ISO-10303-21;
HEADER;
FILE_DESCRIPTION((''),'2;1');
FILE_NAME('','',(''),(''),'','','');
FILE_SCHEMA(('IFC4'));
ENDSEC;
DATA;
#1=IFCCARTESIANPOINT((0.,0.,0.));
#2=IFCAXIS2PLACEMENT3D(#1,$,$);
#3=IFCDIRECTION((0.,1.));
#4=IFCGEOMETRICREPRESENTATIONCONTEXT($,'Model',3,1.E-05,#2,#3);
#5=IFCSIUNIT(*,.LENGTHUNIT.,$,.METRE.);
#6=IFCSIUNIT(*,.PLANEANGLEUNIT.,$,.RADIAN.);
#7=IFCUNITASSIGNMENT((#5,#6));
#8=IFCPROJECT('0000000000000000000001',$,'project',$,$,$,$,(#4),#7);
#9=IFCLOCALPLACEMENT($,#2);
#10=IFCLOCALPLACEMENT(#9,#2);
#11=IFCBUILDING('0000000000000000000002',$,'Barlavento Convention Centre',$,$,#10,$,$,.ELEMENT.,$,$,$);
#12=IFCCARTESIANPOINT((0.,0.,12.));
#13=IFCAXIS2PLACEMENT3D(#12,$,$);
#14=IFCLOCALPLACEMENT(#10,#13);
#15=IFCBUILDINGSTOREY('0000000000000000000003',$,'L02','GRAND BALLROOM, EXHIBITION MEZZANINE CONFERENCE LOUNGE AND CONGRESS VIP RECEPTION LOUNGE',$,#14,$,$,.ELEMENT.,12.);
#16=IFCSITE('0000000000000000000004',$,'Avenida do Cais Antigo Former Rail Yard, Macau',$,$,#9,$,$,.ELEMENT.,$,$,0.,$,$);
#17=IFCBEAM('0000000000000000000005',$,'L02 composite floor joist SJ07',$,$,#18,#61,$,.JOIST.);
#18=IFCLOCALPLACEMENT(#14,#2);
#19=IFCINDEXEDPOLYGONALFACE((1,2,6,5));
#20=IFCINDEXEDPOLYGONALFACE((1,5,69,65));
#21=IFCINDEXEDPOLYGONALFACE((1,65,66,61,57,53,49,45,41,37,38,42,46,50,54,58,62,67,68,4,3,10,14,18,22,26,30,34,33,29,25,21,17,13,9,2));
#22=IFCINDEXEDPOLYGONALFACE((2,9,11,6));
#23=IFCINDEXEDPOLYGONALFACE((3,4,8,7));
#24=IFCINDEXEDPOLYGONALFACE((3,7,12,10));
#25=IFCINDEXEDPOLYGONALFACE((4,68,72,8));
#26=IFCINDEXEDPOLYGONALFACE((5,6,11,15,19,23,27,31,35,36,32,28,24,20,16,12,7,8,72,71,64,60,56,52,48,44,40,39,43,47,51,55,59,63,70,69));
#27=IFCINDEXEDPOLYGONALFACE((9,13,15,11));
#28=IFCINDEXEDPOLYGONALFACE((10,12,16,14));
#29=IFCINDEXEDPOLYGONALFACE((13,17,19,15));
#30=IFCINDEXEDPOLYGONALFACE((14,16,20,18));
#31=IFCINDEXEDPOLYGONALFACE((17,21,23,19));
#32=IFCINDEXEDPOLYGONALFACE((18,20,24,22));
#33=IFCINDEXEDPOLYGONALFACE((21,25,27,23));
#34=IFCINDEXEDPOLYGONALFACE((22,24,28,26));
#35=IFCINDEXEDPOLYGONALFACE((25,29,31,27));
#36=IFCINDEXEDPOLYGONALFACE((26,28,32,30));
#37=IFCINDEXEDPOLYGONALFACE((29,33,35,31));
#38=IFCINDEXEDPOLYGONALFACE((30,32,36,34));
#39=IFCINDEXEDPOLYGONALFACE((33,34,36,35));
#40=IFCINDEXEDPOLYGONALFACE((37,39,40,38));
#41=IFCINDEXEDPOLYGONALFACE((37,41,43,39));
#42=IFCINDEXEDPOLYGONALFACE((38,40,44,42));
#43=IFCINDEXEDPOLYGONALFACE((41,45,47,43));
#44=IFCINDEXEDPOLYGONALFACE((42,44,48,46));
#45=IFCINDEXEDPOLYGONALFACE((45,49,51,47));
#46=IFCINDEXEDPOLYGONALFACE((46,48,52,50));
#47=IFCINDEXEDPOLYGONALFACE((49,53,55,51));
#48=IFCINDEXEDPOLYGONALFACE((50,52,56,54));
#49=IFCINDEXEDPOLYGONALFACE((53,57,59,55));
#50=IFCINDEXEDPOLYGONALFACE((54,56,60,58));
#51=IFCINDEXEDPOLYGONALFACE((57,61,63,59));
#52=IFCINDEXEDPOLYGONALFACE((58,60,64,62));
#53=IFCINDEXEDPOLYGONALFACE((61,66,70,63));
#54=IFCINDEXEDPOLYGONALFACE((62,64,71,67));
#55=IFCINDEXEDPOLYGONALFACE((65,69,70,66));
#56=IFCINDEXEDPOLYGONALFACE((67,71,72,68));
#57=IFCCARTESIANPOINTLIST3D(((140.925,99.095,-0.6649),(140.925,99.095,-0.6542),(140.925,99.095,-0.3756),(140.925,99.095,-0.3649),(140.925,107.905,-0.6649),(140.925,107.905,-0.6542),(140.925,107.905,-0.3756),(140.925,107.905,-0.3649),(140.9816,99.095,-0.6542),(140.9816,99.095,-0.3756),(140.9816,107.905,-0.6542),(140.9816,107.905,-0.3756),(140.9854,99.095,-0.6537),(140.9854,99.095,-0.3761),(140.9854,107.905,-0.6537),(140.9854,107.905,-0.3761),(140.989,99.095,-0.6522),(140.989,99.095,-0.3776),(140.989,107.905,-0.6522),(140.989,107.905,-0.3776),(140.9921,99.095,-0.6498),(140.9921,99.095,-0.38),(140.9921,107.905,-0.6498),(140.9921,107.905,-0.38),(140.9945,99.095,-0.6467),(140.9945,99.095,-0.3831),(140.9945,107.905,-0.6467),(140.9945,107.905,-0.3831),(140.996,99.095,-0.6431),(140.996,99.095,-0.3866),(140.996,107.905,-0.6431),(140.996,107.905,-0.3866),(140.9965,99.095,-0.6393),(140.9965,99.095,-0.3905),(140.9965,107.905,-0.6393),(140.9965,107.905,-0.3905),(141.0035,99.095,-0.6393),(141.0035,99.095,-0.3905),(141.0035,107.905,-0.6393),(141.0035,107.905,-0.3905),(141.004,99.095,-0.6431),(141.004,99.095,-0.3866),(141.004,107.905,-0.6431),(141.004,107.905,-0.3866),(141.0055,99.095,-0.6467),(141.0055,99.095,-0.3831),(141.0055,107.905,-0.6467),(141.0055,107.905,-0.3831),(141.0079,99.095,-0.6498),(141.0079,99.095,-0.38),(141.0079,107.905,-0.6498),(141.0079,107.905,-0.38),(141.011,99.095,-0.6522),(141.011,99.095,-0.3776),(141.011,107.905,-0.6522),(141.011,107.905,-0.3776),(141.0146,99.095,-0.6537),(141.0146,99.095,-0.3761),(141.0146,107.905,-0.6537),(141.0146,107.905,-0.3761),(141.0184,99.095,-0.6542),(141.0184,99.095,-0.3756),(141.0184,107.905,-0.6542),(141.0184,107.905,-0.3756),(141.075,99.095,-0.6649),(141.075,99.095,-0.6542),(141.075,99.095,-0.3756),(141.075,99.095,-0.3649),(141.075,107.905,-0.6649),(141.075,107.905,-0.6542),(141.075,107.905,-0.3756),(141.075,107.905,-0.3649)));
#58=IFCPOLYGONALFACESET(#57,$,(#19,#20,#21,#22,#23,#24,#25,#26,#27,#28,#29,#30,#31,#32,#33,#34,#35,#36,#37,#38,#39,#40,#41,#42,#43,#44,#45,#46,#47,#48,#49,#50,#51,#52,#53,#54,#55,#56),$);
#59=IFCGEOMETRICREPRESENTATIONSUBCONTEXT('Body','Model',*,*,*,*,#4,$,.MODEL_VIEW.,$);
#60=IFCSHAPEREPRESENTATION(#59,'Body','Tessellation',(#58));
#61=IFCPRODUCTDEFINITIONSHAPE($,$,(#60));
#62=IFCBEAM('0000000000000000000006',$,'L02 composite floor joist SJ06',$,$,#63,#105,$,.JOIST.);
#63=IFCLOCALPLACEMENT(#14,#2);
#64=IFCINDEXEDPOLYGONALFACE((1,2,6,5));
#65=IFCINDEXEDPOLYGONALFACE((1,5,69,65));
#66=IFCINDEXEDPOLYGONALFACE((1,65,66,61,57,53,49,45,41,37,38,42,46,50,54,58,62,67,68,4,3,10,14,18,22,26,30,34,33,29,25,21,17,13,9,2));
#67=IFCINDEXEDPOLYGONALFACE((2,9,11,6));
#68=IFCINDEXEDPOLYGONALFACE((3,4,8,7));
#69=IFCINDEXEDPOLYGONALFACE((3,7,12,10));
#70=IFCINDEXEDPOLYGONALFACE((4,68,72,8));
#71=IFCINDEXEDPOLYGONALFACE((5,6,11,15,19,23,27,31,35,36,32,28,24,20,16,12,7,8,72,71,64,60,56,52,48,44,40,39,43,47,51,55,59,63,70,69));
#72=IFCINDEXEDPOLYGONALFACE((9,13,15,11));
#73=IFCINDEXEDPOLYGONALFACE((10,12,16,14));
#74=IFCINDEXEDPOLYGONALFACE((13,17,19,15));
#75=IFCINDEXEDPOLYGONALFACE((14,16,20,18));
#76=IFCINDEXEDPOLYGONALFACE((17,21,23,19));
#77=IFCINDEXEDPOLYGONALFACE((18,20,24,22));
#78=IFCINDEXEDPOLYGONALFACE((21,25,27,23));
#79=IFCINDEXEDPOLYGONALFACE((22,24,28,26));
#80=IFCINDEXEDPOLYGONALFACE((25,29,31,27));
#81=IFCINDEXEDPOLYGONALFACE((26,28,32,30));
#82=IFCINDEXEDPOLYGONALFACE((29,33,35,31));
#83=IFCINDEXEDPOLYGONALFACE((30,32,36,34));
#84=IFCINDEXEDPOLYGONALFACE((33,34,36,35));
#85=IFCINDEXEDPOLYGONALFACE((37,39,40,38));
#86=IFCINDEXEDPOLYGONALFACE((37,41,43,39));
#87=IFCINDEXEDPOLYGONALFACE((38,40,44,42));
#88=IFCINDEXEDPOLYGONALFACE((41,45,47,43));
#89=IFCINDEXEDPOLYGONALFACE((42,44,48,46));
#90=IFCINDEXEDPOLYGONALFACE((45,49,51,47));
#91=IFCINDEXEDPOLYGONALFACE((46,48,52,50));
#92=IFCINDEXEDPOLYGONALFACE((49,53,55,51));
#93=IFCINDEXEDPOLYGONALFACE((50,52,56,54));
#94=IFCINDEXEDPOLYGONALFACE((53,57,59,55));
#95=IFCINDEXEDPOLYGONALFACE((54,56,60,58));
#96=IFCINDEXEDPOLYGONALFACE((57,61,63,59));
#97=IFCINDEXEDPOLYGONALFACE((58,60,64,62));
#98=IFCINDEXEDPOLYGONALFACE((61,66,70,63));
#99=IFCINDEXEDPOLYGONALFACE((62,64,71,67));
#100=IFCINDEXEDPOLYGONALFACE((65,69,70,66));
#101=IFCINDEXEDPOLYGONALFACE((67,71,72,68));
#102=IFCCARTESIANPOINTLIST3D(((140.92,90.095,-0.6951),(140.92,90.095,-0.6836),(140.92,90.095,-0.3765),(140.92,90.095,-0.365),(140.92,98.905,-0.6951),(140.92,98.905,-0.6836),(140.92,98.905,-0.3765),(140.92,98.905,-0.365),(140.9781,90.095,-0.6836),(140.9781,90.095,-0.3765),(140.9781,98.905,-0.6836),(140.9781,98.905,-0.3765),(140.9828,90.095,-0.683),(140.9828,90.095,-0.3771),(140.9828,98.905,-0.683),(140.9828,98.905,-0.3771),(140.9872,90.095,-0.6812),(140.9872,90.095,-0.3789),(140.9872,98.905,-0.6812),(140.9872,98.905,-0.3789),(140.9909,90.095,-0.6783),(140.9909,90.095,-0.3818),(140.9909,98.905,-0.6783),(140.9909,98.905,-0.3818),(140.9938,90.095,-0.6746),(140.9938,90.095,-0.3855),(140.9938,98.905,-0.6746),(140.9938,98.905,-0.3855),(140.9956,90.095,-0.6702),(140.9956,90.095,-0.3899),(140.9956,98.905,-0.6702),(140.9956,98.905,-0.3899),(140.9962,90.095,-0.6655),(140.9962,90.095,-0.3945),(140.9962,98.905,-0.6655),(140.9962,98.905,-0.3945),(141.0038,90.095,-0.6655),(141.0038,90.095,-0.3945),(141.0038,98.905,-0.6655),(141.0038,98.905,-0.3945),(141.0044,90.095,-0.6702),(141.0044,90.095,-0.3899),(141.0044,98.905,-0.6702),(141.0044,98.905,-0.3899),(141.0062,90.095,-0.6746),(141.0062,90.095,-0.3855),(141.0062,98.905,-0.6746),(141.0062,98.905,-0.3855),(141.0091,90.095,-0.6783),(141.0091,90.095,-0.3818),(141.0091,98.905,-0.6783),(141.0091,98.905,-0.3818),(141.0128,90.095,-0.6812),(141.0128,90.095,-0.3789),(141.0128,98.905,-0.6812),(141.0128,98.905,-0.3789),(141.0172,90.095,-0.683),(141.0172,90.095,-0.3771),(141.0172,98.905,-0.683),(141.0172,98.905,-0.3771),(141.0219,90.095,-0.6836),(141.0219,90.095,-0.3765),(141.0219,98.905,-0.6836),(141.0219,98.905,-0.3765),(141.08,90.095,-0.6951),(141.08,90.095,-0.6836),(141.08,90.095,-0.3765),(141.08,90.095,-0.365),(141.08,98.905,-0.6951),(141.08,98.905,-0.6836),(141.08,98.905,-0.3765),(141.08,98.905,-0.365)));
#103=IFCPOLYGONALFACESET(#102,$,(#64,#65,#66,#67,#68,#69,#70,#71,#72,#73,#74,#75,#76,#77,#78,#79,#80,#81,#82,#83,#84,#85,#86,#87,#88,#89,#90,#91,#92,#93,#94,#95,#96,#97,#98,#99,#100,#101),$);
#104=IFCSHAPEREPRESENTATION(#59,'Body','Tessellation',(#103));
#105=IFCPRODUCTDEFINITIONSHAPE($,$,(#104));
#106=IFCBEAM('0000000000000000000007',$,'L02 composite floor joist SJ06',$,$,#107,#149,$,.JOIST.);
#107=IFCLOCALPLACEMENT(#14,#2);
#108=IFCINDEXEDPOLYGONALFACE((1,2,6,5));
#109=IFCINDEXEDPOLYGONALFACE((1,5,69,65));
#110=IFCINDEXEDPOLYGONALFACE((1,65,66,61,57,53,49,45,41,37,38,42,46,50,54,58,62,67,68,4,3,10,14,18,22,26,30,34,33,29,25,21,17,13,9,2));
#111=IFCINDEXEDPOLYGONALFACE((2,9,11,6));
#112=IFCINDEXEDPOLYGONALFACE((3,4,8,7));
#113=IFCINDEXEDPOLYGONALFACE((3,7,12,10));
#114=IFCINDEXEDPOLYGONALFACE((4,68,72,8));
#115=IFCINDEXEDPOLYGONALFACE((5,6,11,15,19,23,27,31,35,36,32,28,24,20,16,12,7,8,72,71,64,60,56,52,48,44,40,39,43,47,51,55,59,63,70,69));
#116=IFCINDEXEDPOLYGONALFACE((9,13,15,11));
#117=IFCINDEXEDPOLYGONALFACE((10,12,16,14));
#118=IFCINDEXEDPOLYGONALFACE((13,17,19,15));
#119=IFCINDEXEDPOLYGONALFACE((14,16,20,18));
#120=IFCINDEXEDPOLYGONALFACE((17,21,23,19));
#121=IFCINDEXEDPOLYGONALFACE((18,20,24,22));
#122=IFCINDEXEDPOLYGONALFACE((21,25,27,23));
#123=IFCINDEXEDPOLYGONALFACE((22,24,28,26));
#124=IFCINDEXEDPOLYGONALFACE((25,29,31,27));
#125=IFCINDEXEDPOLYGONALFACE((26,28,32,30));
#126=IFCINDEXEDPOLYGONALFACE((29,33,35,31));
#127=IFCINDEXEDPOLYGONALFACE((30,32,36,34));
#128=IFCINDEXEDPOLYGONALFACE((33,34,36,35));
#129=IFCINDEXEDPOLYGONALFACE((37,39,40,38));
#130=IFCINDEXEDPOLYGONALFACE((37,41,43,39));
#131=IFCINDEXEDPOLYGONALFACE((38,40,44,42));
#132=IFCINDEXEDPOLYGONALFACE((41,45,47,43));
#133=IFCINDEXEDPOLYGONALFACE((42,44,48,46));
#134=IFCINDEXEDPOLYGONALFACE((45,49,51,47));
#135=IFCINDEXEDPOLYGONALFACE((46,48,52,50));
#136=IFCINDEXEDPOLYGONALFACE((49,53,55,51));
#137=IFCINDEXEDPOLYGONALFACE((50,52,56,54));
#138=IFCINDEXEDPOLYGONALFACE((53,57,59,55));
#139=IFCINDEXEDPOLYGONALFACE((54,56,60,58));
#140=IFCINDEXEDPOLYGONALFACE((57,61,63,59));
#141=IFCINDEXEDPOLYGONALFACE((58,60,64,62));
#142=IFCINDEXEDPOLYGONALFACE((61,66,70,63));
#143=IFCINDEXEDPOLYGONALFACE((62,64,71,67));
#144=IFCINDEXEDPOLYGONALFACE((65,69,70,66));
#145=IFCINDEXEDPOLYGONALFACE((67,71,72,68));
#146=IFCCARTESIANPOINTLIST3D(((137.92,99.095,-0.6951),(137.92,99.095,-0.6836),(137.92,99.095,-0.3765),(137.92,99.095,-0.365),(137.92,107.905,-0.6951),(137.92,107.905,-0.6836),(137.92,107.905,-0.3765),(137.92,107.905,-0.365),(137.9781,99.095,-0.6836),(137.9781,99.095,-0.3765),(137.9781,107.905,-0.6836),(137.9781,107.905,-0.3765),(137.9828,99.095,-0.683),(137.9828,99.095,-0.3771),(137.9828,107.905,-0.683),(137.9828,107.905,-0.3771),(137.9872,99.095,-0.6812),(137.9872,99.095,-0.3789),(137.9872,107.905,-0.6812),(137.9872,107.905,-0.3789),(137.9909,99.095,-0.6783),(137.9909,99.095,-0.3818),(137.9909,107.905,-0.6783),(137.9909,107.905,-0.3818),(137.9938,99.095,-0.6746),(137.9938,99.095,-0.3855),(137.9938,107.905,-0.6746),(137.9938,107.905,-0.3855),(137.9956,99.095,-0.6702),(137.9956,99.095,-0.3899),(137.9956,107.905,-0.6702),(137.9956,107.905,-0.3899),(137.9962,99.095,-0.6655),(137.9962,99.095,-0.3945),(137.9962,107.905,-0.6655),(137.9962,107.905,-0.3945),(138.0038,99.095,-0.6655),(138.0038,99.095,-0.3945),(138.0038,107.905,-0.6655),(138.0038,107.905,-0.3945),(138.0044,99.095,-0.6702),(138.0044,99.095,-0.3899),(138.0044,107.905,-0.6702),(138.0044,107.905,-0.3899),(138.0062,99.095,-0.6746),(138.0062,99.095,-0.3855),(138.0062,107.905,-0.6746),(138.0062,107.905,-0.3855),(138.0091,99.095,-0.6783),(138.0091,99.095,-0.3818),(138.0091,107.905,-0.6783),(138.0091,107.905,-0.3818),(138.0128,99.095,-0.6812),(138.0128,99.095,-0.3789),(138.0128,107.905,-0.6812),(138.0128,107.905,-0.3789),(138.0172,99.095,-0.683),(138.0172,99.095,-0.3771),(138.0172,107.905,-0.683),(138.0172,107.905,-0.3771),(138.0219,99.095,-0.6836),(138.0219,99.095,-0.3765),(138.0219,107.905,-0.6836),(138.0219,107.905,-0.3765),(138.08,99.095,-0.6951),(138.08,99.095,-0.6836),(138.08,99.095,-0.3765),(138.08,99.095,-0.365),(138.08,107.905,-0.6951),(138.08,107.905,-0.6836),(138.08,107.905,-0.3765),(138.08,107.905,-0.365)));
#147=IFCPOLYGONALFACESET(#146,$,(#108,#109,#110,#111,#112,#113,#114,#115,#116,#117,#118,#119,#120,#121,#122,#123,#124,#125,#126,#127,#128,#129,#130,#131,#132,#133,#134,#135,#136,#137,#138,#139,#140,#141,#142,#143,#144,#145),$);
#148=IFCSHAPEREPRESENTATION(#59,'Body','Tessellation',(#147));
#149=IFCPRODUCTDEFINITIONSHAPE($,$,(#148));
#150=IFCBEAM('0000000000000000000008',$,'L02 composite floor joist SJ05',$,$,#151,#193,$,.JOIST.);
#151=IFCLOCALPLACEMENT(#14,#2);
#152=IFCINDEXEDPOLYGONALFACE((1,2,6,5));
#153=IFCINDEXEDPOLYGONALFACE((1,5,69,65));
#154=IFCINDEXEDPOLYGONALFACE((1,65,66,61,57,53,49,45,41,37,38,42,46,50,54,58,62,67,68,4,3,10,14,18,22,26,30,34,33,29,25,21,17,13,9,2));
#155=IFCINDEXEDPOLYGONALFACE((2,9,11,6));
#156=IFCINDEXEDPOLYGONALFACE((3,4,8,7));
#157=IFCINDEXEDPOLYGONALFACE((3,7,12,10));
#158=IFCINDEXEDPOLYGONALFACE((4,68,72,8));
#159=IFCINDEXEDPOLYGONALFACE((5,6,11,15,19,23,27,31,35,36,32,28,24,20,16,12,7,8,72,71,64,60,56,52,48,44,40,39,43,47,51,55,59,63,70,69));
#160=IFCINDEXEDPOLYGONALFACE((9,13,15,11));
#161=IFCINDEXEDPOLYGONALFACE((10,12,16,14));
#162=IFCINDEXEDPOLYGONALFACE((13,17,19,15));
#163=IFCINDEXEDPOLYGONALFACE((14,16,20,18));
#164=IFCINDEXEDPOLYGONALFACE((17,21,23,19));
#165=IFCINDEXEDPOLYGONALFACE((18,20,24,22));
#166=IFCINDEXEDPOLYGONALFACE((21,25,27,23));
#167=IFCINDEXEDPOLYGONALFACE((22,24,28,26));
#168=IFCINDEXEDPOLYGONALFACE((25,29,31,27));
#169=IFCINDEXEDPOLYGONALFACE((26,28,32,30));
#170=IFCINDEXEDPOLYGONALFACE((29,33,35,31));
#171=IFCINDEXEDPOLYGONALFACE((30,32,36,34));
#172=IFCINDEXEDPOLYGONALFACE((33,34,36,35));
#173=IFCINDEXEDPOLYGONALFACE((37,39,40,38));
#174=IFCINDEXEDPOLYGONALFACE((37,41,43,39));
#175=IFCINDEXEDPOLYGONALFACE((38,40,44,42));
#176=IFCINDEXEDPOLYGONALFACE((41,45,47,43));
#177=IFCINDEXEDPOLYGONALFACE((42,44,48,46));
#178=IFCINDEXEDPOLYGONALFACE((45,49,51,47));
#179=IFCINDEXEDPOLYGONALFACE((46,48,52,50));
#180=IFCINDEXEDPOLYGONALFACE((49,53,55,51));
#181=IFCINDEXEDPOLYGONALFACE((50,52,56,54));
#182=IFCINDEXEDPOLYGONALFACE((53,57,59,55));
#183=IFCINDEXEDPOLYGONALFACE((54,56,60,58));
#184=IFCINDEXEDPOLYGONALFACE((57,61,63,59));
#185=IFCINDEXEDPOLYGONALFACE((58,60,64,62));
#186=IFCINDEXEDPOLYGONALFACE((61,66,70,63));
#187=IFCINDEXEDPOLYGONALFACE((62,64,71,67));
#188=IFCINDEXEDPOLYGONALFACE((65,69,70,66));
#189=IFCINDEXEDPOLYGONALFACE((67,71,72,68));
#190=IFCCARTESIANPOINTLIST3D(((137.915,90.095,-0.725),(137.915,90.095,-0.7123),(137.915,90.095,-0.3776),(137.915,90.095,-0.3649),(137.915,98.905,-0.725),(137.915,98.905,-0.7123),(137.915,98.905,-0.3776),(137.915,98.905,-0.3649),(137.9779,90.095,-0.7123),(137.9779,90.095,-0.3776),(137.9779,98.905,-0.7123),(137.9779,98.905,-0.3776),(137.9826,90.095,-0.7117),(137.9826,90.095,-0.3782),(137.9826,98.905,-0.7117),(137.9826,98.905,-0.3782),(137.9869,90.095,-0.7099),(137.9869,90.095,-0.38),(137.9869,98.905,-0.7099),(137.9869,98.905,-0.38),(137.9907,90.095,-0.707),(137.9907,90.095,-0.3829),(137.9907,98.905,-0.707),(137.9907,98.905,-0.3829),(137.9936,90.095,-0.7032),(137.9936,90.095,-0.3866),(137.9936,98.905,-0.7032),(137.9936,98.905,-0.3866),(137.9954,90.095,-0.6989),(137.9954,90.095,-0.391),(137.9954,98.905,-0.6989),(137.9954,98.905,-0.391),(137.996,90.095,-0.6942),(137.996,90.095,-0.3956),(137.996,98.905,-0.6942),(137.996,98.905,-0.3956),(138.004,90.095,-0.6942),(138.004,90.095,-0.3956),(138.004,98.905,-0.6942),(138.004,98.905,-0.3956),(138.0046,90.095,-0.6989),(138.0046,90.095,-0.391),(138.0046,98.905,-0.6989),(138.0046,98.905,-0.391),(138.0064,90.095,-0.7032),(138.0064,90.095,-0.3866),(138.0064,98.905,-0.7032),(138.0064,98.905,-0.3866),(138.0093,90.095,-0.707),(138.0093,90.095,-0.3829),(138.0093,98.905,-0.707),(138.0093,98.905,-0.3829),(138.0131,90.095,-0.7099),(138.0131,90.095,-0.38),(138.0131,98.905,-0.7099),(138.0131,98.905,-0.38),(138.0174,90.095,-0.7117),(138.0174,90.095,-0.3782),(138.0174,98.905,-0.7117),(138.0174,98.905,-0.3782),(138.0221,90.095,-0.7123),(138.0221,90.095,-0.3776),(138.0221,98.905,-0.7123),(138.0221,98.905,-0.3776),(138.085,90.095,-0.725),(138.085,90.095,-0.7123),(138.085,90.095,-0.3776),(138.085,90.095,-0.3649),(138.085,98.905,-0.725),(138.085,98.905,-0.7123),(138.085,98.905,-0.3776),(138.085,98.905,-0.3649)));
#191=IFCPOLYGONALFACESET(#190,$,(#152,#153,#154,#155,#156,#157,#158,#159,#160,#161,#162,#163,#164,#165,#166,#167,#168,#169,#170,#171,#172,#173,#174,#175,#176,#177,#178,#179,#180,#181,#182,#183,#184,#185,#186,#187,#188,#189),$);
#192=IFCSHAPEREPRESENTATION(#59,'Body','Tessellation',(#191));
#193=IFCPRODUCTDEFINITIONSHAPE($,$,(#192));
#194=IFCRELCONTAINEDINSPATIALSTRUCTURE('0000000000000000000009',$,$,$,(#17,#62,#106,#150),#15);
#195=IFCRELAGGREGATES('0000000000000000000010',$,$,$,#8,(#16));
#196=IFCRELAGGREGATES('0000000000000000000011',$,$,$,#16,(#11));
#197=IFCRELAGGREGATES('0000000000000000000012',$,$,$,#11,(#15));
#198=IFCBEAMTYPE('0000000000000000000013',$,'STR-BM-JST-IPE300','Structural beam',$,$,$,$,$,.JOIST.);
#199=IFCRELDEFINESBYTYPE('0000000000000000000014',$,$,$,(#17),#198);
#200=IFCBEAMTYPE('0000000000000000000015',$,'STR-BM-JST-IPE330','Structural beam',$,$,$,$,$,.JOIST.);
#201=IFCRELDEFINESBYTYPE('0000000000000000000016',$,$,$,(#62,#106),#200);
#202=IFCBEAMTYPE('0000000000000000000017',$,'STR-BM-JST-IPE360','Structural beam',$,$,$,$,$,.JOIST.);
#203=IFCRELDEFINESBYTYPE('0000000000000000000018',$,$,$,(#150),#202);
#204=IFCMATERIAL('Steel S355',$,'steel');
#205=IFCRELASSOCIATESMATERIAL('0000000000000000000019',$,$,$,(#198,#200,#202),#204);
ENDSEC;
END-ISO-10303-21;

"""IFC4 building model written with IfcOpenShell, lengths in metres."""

from ifc_helpers import new_model, si_unit, direction, frame, origin, origin_2d, place, context, subcontext, project, spatial, i_section, extrude, material, material_profile, profile_set, type_object, element, save


model = new_model("IFC4")

# Units and contexts
model_context = context("Model", 3, precision=1e-05, world=origin(), true_north=direction((0.0, 1.0)))
body_context = subcontext(model_context, "Body", "Model", "MODEL_VIEW")
ifc_project = project(units=[si_unit("LENGTHUNIT", "METRE"), si_unit("PLANEANGLEUNIT", "RADIAN")], contexts=[model_context])

# Site, building, storey
site_placement = place(None, origin())
site = spatial("IfcSite", under=ifc_project, at=site_placement, Name="Avenida do Cais Antigo Former Rail Yard, Macau", CompositionType="ELEMENT", RefElevation=0.0)
building_placement = place(site_placement, origin())
building = spatial("IfcBuilding", under=site, at=building_placement, Name="Barlavento Convention Centre", CompositionType="ELEMENT")
storey_placement = place(building_placement, frame((0.0, 0.0, 12.0)))
storey = spatial("IfcBuildingStorey", under=building, at=storey_placement, Name="L02", Description="GRAND BALLROOM, EXHIBITION MEZZANINE CONFERENCE LOUNGE AND CONGRESS VIP RECEPTION LOUNGE", CompositionType="ELEMENT", Elevation=12.0)

# Shared definitions
ifc_material_1 = material(Name="Steel S355", Category="steel")

# Beams
ifc_material_profile_1 = material_profile(ifc_material_1, i_section(OverallWidth=0.1499, OverallDepth=0.3, WebThickness=0.0071, FlangeThickness=0.0107, FilletRadius=0.0149, at=origin_2d()), Name="IPE 300")
ifc_profile_set_1 = profile_set([ifc_material_profile_1], Name="Steel S355")
beam_type_1 = type_object("IfcBeamType", Name="STR-BM-JST-IPE300", Description="Structural beam", PredefinedType="JOIST", material=ifc_profile_set_1)
beam_1_placement = place(storey_placement, frame((141.0, 99.095, -0.5149), z_axis=(0.0, 1.0, 0.0), x_axis=(-1.0, 0.0, 0.0)))
element("IfcBeam", 1, at=beam_1_placement, inside=storey, type_object=beam_type_1, Name="L02 composite floor joist SJ07", PredefinedType="JOIST", context=body_context, shape_type="SweptSolid", body=[
    extrude(i_section(OverallWidth=0.1499, OverallDepth=0.3, WebThickness=0.0071, FlangeThickness=0.0107, FilletRadius=0.0149, at=origin_2d()), origin(), (0.0, 0.0, 1.0), 8.8101),
])
ifc_material_profile_2 = material_profile(ifc_material_1, i_section(OverallWidth=0.1599, OverallDepth=0.3301, WebThickness=0.0076, FlangeThickness=0.0115, FilletRadius=0.0181, at=origin_2d()), Name="IPE 330")
ifc_profile_set_2 = profile_set([ifc_material_profile_2], Name="Steel S355")
beam_type_2 = type_object("IfcBeamType", Name="STR-BM-JST-IPE330", Description="Structural beam", PredefinedType="JOIST", material=ifc_profile_set_2)
for number, where, z_axis, x_axis, name in (
    (2, (141.0, 90.095, -0.53), (0.0, 1.0, 0.0), (-1.0, 0.0, 0.0), "L02 composite floor joist SJ06"),
    (3, (138.0, 99.095, -0.53), (0.0, 1.0, 0.0), (-1.0, 0.0, 0.0), "L02 composite floor joist SJ06"),
):
    element("IfcBeam", number, at=place(storey_placement, frame(where, z_axis=z_axis, x_axis=x_axis)), inside=storey, type_object=beam_type_2, Name=name, PredefinedType="JOIST", context=body_context, shape_type="SweptSolid", body=[
        extrude(i_section(OverallWidth=0.1599, OverallDepth=0.3301, WebThickness=0.0076, FlangeThickness=0.0115, FilletRadius=0.0181, at=origin_2d()), origin(), (0.0, 0.0, 1.0), 8.8101),
    ])
ifc_material_profile_3 = material_profile(ifc_material_1, i_section(OverallWidth=0.1699, OverallDepth=0.3601, WebThickness=0.0081, FlangeThickness=0.0127, FilletRadius=0.0181, at=origin_2d()), Name="IPE 360")
ifc_profile_set_3 = profile_set([ifc_material_profile_3], Name="Steel S355")
beam_type_3 = type_object("IfcBeamType", Name="STR-BM-JST-IPE360", Description="Structural beam", PredefinedType="JOIST", material=ifc_profile_set_3)
beam_2_placement = place(storey_placement, frame((138.0, 90.095, -0.5449), z_axis=(0.0, 1.0, 0.0), x_axis=(-1.0, 0.0, 0.0)))
element("IfcBeam", 4, at=beam_2_placement, inside=storey, type_object=beam_type_3, Name="L02 composite floor joist SJ05", PredefinedType="JOIST", context=body_context, shape_type="SweptSolid", body=[
    extrude(i_section(OverallWidth=0.1699, OverallDepth=0.3601, WebThickness=0.0081, FlangeThickness=0.0127, FilletRadius=0.0181, at=origin_2d()), origin(), (0.0, 0.0, 1.0), 8.8101),
])

save(model, "model.ifc")
